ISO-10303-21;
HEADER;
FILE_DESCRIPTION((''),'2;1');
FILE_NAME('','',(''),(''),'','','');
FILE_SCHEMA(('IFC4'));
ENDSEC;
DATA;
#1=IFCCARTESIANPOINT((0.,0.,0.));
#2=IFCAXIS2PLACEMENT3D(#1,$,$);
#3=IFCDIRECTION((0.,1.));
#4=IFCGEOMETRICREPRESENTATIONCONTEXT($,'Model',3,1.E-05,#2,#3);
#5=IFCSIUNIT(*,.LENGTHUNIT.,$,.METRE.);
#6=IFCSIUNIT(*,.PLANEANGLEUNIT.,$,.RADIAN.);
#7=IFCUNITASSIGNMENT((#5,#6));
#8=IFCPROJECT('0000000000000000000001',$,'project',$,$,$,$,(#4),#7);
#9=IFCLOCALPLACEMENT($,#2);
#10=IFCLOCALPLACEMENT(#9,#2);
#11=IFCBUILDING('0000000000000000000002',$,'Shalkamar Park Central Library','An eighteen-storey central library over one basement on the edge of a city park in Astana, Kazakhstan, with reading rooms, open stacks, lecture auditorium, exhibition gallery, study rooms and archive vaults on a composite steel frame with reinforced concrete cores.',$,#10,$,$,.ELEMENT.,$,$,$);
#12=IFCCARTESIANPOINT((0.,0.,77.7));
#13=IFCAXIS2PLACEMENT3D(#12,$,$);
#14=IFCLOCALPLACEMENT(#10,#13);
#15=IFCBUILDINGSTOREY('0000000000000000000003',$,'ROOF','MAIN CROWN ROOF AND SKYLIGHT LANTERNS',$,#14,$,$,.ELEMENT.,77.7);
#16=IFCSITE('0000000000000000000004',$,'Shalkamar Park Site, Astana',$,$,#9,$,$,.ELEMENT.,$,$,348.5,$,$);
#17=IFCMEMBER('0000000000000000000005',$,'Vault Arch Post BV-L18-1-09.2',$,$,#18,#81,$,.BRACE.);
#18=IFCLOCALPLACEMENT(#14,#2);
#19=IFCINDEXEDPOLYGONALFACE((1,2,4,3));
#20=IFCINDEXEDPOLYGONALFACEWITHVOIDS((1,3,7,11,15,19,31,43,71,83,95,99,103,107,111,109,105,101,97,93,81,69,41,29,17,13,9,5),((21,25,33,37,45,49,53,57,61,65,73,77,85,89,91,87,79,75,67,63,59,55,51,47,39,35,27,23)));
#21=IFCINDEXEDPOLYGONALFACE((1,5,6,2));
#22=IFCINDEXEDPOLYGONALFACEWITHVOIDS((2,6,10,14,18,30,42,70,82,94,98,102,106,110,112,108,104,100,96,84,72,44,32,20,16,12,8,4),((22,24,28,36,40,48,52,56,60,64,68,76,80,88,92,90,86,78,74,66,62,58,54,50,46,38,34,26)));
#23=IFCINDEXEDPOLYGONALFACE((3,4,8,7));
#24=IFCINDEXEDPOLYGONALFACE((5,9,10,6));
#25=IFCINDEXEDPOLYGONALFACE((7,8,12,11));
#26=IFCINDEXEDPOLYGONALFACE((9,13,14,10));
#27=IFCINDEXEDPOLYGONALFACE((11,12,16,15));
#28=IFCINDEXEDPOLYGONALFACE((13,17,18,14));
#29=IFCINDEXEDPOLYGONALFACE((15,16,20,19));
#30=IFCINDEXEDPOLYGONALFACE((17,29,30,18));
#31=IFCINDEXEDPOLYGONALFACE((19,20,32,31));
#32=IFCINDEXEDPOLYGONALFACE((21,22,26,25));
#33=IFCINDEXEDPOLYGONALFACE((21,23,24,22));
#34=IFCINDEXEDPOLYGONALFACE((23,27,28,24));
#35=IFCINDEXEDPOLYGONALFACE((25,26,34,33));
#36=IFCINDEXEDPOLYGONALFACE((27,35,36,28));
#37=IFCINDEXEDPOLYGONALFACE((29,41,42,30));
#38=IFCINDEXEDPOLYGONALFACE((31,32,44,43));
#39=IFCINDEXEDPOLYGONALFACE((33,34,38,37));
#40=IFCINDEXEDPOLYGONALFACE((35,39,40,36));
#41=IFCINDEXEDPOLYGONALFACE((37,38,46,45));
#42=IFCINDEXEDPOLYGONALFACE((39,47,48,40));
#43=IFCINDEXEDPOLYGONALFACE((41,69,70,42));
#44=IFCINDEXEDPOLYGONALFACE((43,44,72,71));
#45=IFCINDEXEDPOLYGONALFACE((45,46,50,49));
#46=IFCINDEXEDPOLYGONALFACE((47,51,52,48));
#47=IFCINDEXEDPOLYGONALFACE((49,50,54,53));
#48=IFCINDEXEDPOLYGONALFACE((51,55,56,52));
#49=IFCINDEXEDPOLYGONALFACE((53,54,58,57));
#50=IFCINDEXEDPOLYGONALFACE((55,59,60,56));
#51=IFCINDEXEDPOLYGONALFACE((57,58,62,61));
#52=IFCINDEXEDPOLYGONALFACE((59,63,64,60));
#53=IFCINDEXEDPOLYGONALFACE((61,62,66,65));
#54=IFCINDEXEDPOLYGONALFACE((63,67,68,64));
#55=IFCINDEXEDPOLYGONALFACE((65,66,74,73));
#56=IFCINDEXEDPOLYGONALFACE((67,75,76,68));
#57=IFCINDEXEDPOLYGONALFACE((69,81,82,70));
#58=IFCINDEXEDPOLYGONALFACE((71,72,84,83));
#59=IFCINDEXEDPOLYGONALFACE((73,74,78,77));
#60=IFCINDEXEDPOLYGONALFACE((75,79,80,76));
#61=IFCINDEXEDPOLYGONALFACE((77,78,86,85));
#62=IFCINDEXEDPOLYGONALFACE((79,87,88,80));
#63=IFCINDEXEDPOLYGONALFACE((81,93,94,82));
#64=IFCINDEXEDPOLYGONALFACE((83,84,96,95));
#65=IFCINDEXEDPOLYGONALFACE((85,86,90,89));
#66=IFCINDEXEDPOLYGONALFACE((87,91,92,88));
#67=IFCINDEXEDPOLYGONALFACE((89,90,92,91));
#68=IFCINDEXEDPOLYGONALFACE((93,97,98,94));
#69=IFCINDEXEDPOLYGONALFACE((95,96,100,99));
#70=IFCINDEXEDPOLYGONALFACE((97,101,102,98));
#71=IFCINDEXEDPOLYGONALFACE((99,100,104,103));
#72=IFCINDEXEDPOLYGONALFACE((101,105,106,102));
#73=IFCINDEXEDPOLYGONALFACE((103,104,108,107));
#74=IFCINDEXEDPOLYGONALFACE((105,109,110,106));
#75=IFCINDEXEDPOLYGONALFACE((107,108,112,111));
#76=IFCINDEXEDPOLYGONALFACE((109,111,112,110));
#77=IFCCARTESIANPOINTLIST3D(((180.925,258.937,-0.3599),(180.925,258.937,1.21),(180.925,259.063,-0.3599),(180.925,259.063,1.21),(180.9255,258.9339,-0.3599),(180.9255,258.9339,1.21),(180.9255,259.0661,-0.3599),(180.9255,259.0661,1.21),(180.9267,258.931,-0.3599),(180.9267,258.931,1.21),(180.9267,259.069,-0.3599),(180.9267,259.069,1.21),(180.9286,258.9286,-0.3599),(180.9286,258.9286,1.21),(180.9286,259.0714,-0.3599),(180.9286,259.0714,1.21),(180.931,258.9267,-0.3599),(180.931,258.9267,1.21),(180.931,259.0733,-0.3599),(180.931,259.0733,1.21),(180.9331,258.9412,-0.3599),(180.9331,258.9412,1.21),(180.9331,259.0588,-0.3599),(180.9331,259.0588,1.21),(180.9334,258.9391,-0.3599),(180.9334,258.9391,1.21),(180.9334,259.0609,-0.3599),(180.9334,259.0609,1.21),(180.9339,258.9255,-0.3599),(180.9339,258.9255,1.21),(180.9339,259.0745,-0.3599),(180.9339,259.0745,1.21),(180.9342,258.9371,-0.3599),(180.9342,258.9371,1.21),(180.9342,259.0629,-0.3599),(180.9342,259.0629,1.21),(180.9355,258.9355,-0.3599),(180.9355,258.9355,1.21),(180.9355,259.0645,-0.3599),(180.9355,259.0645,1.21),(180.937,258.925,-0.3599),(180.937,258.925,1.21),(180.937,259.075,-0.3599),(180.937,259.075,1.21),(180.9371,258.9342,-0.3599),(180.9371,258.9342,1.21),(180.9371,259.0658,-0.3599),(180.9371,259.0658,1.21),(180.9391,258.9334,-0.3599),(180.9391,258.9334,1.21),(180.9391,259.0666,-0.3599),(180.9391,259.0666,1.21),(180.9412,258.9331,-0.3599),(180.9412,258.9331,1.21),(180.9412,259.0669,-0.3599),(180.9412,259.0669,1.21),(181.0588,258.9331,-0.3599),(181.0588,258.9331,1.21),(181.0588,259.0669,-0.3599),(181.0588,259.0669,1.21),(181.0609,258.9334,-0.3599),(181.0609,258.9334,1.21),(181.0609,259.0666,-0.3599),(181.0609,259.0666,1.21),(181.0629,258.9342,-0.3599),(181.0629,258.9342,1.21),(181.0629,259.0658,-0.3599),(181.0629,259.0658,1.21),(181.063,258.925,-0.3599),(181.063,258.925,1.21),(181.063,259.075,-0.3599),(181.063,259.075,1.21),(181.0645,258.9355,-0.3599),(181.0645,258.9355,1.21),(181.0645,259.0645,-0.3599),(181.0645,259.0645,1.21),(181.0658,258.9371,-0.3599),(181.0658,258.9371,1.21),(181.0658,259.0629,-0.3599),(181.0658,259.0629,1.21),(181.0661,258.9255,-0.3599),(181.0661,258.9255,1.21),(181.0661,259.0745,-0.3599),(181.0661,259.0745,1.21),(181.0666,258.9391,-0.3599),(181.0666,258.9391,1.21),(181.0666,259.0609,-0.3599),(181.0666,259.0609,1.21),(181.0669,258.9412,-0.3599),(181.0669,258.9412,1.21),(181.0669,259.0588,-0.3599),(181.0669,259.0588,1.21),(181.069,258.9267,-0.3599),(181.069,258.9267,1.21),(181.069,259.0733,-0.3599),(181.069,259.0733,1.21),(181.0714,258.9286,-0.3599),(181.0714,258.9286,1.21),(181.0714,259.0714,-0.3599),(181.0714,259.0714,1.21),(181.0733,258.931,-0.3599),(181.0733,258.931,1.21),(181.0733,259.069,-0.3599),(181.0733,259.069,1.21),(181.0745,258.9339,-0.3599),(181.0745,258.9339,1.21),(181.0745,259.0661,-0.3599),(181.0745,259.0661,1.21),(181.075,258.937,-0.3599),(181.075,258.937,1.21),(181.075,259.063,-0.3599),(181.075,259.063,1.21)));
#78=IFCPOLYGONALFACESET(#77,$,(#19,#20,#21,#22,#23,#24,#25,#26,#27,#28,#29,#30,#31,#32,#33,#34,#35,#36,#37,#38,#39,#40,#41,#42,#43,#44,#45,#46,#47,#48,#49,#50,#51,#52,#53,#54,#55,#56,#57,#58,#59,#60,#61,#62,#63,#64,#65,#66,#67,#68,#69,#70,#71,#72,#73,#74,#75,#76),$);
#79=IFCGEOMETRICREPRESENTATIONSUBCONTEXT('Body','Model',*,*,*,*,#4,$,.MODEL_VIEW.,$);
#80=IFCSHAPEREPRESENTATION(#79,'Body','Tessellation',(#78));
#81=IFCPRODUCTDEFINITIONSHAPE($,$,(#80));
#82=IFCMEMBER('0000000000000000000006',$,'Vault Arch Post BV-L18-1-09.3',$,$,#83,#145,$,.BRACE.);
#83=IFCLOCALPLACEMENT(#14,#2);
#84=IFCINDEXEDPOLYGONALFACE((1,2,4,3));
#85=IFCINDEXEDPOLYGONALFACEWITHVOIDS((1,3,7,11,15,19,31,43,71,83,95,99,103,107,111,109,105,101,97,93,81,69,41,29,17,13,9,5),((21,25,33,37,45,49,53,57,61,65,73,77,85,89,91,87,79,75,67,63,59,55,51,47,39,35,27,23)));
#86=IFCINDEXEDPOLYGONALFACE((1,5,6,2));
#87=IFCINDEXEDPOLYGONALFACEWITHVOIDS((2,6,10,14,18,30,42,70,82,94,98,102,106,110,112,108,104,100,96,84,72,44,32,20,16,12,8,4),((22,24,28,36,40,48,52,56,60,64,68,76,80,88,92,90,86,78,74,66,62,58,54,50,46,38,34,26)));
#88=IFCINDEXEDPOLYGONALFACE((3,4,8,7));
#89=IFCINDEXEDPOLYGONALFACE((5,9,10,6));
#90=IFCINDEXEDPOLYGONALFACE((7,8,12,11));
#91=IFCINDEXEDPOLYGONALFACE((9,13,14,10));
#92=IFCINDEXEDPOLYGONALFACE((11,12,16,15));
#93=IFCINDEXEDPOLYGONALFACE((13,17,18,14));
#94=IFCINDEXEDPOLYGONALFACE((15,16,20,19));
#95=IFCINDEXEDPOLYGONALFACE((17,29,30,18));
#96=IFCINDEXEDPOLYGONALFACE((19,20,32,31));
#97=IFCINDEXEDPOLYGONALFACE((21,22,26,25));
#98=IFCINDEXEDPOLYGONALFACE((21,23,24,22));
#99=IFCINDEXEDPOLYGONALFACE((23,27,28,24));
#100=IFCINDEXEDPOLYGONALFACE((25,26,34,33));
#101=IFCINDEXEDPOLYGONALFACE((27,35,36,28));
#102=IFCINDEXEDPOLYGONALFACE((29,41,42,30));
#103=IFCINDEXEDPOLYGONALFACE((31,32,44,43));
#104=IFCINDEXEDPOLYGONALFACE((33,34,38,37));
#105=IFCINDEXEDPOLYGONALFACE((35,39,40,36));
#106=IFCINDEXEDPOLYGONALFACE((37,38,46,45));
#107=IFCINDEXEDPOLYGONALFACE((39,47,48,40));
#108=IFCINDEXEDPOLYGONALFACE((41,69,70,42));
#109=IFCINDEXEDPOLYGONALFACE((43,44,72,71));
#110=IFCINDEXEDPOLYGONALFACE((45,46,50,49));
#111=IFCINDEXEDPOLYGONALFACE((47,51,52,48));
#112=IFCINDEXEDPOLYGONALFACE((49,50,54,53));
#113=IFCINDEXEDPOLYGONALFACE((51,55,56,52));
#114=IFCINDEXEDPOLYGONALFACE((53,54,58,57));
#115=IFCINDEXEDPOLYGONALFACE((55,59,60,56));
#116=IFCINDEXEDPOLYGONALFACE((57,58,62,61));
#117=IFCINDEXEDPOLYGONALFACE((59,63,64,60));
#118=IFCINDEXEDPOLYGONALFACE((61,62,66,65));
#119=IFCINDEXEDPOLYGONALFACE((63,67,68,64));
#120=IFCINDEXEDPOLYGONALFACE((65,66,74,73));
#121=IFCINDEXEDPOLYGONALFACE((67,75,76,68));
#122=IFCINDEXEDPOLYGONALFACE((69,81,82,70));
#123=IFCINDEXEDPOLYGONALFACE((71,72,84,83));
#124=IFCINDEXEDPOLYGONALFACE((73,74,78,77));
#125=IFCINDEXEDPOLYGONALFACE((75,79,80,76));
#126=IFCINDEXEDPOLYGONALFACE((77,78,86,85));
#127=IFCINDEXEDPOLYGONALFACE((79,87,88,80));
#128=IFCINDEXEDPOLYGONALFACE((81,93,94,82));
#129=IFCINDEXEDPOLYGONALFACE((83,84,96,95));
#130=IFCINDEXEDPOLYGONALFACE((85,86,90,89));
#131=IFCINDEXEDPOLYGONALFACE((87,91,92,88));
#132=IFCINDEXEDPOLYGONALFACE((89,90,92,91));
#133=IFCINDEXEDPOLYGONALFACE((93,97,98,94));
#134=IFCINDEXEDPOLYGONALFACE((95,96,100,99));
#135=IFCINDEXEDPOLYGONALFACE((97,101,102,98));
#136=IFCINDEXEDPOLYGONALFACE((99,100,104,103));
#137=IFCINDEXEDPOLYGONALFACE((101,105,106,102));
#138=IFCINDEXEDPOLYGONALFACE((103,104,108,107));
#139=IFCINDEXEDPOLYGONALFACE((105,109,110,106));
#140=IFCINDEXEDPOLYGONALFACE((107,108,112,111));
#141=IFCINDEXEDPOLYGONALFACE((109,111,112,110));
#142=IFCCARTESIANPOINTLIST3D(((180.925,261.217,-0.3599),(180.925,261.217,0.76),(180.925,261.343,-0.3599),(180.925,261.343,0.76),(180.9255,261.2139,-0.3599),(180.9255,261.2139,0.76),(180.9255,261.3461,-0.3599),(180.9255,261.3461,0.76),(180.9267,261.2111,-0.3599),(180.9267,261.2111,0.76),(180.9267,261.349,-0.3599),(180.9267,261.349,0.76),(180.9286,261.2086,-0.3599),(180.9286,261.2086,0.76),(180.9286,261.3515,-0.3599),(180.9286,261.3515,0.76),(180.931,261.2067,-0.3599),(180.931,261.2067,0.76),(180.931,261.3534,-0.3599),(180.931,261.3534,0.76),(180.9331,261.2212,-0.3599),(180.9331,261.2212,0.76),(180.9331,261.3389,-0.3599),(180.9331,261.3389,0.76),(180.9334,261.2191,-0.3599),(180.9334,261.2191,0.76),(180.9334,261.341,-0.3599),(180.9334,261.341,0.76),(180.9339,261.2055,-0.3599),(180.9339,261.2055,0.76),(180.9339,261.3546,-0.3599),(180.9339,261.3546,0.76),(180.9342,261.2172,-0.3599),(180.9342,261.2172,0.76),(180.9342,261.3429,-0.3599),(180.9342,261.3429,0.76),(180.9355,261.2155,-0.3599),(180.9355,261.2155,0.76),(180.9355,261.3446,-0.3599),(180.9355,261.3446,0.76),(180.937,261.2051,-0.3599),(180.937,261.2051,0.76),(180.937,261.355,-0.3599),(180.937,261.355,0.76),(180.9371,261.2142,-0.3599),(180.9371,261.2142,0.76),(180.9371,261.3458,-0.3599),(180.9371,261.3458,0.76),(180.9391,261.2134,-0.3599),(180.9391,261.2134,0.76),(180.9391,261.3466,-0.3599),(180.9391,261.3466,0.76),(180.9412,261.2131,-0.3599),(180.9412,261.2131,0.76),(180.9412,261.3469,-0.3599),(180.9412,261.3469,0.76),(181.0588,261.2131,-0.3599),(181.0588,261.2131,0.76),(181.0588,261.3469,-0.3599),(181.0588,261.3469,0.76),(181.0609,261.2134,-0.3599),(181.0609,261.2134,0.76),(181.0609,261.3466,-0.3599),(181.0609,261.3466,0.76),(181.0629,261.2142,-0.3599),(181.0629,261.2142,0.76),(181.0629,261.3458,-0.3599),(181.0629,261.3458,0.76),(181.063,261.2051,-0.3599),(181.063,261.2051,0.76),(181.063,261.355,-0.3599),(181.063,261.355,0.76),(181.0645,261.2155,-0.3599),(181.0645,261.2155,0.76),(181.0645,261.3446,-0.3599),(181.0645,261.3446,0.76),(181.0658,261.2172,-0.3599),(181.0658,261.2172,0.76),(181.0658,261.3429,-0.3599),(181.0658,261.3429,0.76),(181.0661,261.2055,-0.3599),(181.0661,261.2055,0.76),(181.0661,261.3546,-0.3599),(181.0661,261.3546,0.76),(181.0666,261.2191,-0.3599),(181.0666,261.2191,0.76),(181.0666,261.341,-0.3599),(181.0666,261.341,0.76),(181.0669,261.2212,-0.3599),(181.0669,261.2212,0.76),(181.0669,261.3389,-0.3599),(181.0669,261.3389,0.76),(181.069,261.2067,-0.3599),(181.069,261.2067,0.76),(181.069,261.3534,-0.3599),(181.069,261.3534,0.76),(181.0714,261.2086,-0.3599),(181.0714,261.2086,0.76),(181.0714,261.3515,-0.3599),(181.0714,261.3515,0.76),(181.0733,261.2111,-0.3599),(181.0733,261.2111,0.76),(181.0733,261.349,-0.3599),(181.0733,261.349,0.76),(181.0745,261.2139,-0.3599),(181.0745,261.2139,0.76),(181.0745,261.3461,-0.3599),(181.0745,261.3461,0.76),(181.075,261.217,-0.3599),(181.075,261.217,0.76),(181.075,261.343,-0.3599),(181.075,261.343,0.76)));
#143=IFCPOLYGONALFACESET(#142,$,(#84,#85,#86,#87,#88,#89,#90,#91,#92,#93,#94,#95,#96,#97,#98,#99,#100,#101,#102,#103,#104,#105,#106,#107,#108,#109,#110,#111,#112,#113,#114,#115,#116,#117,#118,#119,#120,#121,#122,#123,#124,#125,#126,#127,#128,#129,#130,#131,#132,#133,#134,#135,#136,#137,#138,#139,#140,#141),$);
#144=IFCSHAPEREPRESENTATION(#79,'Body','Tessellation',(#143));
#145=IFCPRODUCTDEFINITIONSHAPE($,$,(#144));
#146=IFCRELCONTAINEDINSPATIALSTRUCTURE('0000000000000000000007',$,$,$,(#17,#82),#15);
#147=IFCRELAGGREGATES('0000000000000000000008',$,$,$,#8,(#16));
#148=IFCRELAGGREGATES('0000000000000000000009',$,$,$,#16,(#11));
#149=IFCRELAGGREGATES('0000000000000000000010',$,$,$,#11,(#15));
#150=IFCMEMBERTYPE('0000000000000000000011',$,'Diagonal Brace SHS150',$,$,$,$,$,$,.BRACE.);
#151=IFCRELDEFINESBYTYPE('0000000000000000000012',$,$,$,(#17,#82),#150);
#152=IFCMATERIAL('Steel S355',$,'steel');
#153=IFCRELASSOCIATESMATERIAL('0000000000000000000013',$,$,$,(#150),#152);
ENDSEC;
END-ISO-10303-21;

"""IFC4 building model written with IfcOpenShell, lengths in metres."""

from ifc_helpers import new_model, si_unit, direction, frame, origin, origin_2d, place, context, subcontext, project, spatial, hollow_rectangle, extrude, material, material_profile, profile_set, type_object, element, save


model = new_model("IFC4")

# Units and contexts
model_context = context("Model", 3, precision=1e-05, world=origin(), true_north=direction((0.0, 1.0)))
body_context = subcontext(model_context, "Body", "Model", "MODEL_VIEW")
ifc_project = project(units=[si_unit("LENGTHUNIT", "METRE"), si_unit("PLANEANGLEUNIT", "RADIAN")], contexts=[model_context])

# Site, building, storey
site_placement = place(None, origin())
site = spatial("IfcSite", under=ifc_project, at=site_placement, Name="Shalkamar Park Site, Astana", CompositionType="ELEMENT", RefElevation=348.5)
building_placement = place(site_placement, origin())
building = spatial("IfcBuilding", under=site, at=building_placement, Name="Shalkamar Park Central Library", Description="An eighteen-storey central library over one basement on the edge of a city park in Astana, Kazakhstan, with reading rooms, open stacks, lecture auditorium, exhibition gallery, study rooms and archive vaults on a composite steel frame with reinforced concrete cores.", CompositionType="ELEMENT")
storey_placement = place(building_placement, frame((0.0, 0.0, 77.7)))
storey = spatial("IfcBuildingStorey", under=building, at=storey_placement, Name="ROOF", Description="MAIN CROWN ROOF AND SKYLIGHT LANTERNS", CompositionType="ELEMENT", Elevation=77.7)

# Members
ifc_material_1 = material(Name="Steel S355", Category="steel")
ifc_material_profile_1 = material_profile(ifc_material_1, hollow_rectangle(XDim=0.1499, YDim=0.1499, WallThickness=0.0081, InnerFilletRadius=0.0081, OuterFilletRadius=0.012, at=origin_2d()), Name="SHS 150x150x8")
ifc_profile_set_1 = profile_set([ifc_material_profile_1], Name="Steel S355")
member_type_1 = type_object("IfcMemberType", Name="Diagonal Brace SHS150", PredefinedType="BRACE", material=ifc_profile_set_1)
member_1_placement = place(storey_placement, frame((181.0, 259.0, -0.3599), z_axis=(0.0, 0.0, 1.0), x_axis=(1.0, 0.0, 0.0)))
element("IfcMember", 1, at=member_1_placement, inside=storey, type_object=member_type_1, Name="Vault Arch Post BV-L18-1-09.2", PredefinedType="BRACE", context=body_context, shape_type="SweptSolid", body=[
    extrude(hollow_rectangle(XDim=0.1499, YDim=0.1499, WallThickness=0.0081, InnerFilletRadius=0.0081, OuterFilletRadius=0.012, at=origin_2d()), origin(), (0.0, 0.0, 1.0), 1.5698),
])
member_2_placement = place(storey_placement, frame((181.0, 261.28, -0.3599), z_axis=(0.0, 0.0, 1.0), x_axis=(1.0, 0.0, 0.0)))
element("IfcMember", 2, at=member_2_placement, inside=storey, type_object=member_type_1, Name="Vault Arch Post BV-L18-1-09.3", PredefinedType="BRACE", context=body_context, shape_type="SweptSolid", body=[
    extrude(hollow_rectangle(XDim=0.1499, YDim=0.1499, WallThickness=0.0081, InnerFilletRadius=0.0081, OuterFilletRadius=0.012, at=origin_2d()), origin(), (0.0, 0.0, 1.0), 1.1199),
])

save(model, "model.ifc")
